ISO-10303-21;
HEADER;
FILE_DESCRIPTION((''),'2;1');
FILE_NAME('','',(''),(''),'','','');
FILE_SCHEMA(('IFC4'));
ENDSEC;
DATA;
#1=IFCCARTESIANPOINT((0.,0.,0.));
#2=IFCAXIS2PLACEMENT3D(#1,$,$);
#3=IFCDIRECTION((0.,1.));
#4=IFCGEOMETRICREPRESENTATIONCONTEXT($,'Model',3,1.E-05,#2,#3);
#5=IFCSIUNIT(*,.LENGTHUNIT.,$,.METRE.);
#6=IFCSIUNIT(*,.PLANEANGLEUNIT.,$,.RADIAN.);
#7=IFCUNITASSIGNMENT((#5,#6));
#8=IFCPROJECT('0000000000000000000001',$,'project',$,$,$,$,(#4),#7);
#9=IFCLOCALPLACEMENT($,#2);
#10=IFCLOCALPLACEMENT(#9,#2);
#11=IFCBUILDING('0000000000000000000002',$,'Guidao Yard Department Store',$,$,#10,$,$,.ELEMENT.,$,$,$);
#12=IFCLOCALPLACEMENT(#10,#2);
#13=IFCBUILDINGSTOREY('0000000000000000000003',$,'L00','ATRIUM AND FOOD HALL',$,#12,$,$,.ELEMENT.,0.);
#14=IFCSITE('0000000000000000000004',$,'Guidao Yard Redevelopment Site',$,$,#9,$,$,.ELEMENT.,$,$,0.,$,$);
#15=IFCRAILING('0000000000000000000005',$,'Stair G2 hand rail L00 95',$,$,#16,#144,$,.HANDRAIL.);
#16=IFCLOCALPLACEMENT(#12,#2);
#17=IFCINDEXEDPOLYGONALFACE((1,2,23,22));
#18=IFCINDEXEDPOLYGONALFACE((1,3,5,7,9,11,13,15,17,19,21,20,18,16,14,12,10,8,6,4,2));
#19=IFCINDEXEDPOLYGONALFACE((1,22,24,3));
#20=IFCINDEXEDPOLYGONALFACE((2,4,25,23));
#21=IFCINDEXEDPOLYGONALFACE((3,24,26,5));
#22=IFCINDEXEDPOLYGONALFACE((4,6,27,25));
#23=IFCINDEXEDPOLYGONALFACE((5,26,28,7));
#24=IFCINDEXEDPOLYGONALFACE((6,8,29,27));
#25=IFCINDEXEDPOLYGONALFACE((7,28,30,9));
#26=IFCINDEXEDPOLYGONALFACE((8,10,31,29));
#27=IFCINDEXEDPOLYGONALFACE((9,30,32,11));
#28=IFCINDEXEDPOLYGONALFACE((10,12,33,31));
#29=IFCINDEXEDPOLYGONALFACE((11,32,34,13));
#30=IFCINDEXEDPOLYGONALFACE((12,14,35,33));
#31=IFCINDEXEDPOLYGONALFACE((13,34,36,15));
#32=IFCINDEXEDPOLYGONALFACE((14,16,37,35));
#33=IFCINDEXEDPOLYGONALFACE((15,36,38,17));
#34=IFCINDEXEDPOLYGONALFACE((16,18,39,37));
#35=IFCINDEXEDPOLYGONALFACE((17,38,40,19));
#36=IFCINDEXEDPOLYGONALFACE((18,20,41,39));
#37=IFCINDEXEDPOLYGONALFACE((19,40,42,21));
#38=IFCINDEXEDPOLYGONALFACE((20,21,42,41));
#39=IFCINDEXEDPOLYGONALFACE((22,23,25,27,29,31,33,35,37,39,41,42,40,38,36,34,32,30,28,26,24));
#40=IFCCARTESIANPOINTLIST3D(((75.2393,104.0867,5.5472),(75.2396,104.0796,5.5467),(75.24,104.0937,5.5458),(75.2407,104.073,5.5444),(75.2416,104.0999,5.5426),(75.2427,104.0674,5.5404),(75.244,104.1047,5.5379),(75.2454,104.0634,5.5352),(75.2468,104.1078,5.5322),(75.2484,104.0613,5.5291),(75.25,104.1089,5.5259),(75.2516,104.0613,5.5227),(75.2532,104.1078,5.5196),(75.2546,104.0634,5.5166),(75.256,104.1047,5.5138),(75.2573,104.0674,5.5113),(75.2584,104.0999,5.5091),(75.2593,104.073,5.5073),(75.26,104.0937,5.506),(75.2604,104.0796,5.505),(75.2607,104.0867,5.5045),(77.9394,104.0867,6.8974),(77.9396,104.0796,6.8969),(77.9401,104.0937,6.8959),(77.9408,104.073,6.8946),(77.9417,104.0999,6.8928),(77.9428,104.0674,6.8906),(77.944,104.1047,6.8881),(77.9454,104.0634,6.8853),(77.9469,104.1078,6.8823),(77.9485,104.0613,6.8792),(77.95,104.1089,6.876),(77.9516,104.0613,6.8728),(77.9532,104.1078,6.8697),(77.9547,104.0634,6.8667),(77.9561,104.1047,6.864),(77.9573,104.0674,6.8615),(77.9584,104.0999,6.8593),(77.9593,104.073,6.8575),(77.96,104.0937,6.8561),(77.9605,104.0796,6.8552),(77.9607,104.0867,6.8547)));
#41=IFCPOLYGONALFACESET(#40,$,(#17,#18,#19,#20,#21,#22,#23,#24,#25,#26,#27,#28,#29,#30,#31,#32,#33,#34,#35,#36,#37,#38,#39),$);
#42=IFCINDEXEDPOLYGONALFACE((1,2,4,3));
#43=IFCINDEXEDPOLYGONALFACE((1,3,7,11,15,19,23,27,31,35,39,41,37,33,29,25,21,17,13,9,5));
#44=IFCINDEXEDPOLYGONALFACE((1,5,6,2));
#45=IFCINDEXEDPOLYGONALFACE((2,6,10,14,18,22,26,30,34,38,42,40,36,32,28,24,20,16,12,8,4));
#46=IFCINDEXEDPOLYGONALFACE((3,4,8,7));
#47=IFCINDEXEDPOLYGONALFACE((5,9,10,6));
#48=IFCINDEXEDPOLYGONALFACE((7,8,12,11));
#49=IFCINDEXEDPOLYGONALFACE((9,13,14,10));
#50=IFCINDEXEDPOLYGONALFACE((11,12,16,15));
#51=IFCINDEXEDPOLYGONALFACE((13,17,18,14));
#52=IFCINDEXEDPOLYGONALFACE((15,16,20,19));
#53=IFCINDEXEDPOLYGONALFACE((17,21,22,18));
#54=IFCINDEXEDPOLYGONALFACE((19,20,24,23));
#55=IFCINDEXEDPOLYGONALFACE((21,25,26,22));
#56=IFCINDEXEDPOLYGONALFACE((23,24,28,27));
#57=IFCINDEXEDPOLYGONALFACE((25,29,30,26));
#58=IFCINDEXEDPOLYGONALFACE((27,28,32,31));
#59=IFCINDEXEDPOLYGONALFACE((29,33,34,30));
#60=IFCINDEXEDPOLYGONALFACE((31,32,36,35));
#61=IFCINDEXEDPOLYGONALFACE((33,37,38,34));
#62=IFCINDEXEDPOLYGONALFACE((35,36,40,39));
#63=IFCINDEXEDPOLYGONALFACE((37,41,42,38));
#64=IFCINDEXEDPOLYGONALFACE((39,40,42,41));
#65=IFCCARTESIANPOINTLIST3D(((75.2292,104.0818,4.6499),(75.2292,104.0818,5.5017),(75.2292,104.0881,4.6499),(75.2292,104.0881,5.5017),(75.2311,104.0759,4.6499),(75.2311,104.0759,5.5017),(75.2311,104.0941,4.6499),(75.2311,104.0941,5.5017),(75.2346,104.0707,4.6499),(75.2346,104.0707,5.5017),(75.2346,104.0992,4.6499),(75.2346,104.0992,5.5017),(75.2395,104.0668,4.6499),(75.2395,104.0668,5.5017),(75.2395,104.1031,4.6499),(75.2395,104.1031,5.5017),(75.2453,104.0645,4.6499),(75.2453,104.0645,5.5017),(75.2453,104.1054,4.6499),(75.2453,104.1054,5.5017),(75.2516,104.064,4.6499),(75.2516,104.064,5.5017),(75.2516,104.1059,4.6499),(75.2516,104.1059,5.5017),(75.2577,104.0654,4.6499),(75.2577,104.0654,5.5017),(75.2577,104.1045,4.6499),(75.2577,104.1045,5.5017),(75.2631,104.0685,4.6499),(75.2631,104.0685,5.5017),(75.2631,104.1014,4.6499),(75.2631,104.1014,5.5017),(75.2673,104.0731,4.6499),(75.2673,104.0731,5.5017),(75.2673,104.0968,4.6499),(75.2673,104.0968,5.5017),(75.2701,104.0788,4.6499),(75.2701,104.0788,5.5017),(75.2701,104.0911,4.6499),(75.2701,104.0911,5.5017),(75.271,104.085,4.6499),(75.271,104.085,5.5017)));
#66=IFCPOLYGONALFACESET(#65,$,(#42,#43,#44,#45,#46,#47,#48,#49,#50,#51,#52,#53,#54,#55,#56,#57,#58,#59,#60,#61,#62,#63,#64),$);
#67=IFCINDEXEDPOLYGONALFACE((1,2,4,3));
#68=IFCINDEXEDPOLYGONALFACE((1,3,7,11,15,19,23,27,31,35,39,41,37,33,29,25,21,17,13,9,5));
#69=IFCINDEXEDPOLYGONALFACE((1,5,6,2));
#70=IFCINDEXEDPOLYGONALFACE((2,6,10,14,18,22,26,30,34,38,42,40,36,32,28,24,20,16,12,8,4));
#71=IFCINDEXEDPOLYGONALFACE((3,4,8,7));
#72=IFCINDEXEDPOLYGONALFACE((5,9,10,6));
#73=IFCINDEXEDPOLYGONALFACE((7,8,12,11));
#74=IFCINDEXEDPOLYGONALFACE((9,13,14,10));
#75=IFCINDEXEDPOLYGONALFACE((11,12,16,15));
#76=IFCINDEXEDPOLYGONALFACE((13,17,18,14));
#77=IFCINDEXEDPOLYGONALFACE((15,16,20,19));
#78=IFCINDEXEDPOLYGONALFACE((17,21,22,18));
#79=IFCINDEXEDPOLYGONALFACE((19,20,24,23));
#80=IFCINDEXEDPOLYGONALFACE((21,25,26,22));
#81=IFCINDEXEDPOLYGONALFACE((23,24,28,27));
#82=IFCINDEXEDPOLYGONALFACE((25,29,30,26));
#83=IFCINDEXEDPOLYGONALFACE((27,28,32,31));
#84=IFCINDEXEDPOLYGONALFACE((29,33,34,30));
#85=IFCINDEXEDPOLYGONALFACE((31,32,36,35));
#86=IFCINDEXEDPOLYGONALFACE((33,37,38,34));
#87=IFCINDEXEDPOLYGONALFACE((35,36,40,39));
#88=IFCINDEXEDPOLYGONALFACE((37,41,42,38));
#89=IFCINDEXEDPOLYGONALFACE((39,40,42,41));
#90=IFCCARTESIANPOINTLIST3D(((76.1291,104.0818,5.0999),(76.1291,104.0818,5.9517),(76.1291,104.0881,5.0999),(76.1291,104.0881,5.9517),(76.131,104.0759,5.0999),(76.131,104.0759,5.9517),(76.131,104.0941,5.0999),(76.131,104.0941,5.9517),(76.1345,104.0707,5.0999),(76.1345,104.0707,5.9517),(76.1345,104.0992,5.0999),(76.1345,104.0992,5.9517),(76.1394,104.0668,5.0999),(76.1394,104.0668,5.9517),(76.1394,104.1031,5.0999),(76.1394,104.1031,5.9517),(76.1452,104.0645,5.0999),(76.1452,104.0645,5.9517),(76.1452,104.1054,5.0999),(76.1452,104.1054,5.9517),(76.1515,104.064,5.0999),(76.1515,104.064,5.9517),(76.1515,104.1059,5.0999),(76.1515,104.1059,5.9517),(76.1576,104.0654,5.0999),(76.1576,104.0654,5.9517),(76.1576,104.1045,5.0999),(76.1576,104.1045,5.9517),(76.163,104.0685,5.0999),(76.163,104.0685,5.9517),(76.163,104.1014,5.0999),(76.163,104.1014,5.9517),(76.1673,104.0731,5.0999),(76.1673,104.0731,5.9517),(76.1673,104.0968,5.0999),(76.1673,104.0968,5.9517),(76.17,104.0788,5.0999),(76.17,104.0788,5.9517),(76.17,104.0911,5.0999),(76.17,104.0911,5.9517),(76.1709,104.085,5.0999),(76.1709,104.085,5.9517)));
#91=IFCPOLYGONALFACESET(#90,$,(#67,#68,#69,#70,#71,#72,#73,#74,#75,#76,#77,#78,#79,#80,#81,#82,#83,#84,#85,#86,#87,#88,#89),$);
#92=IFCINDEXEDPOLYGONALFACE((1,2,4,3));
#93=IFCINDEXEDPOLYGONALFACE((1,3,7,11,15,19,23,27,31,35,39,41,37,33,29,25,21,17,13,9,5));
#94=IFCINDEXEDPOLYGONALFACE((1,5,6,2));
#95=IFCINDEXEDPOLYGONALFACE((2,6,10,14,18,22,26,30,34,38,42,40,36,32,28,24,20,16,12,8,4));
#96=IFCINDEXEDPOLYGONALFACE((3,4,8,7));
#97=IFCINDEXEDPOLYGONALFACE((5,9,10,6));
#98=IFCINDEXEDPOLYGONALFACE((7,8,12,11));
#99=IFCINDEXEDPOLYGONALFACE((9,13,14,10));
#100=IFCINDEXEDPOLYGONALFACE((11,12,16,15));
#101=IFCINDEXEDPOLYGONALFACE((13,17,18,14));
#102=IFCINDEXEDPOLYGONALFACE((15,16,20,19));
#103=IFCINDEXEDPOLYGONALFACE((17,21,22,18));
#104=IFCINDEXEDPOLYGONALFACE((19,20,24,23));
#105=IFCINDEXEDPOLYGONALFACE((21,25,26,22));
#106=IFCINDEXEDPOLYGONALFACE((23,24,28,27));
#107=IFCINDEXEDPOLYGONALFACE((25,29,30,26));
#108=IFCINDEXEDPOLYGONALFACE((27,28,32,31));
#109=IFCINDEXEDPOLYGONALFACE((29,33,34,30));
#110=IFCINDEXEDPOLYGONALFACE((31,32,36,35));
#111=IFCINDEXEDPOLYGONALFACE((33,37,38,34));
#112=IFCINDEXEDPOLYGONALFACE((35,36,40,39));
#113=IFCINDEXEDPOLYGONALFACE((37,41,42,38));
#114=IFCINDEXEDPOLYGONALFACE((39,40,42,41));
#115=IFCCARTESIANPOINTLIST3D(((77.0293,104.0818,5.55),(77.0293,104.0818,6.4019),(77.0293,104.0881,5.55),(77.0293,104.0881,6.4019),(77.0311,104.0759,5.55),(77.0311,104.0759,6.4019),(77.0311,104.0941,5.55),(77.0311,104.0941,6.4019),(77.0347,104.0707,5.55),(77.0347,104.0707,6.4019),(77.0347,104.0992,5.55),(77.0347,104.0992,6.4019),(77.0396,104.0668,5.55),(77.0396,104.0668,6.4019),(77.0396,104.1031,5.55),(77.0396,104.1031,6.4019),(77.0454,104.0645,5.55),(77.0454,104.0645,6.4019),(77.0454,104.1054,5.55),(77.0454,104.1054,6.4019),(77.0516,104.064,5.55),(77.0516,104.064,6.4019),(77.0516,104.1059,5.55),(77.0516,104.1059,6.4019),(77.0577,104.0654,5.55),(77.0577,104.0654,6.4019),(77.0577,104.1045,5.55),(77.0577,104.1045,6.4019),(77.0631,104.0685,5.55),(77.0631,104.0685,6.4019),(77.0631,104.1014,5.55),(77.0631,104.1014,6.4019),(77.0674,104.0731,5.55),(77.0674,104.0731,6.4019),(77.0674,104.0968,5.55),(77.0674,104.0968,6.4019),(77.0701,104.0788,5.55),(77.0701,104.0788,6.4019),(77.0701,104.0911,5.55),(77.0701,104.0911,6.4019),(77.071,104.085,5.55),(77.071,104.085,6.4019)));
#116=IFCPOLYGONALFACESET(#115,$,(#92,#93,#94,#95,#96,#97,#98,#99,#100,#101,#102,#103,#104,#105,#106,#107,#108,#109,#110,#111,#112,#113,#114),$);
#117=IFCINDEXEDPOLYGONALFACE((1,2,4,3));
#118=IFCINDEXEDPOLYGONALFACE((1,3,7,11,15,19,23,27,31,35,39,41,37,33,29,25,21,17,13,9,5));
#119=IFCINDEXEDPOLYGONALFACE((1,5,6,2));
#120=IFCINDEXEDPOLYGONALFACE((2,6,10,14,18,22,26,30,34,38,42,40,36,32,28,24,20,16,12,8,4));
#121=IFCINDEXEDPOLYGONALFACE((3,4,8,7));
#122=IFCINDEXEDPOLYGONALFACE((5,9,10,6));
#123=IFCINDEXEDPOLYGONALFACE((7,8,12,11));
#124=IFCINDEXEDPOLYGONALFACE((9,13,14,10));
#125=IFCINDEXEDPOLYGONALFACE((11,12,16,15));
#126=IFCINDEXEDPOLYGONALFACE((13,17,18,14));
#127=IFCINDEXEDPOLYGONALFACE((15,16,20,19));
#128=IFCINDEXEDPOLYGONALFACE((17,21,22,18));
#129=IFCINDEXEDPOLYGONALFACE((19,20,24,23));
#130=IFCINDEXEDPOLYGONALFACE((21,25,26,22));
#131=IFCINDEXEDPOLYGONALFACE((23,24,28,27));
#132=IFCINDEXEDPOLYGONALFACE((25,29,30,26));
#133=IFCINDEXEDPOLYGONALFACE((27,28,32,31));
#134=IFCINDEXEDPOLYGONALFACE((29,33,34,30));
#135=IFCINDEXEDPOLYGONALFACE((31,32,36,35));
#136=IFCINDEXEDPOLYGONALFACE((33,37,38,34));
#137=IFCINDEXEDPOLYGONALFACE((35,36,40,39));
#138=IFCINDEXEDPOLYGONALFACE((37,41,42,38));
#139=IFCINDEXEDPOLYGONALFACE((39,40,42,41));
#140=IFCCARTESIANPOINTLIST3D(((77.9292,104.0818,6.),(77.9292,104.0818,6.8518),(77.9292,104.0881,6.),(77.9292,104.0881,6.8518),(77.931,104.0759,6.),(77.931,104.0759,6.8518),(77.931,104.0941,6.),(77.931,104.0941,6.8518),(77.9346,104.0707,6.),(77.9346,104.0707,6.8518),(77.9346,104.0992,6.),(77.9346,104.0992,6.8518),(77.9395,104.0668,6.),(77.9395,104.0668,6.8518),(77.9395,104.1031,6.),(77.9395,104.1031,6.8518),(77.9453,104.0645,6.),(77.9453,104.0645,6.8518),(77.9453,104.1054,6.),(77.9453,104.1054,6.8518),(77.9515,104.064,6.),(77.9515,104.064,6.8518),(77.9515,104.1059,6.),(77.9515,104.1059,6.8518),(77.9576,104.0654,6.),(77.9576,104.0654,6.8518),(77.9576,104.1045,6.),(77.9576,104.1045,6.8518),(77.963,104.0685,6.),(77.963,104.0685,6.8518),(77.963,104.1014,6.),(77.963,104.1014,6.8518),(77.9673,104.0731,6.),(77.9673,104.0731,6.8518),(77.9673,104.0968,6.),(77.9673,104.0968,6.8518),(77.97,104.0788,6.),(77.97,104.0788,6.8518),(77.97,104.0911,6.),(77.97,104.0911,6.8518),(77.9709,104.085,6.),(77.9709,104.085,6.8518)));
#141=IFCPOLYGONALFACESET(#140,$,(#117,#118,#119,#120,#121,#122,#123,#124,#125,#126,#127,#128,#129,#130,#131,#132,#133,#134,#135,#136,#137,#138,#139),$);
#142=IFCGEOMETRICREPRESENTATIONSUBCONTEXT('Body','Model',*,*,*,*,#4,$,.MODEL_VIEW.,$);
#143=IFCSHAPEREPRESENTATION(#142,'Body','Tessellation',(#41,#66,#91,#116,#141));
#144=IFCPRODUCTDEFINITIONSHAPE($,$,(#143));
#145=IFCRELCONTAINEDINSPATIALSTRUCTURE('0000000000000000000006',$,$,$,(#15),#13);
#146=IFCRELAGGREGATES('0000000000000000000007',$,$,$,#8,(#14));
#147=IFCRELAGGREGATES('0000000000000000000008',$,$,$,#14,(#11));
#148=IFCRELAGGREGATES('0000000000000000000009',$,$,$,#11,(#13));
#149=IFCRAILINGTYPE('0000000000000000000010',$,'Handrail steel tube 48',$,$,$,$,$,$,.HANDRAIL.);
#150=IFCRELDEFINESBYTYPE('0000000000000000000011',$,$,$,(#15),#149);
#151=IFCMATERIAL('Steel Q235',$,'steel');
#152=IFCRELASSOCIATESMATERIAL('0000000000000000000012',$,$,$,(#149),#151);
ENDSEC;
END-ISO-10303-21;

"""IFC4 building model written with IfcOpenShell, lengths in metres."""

from ifc_helpers import new_model, si_unit, direction, frame, origin, origin_2d, place, context, subcontext, project, spatial, circle, extrude, material, type_object, element, save


model = new_model("IFC4")

# Units and contexts
model_context = context("Model", 3, precision=1e-05, world=origin(), true_north=direction((0.0, 1.0)))
body_context = subcontext(model_context, "Body", "Model", "MODEL_VIEW")
ifc_project = project(units=[si_unit("LENGTHUNIT", "METRE"), si_unit("PLANEANGLEUNIT", "RADIAN")], contexts=[model_context])

# Site, building, storey
site_placement = place(None, origin())
site = spatial("IfcSite", under=ifc_project, at=site_placement, Name="Guidao Yard Redevelopment Site", CompositionType="ELEMENT", RefElevation=0.0)
building_placement = place(site_placement, origin())
building = spatial("IfcBuilding", under=site, at=building_placement, Name="Guidao Yard Department Store", CompositionType="ELEMENT")
storey_placement = place(building_placement, origin())
storey = spatial("IfcBuildingStorey", under=building, at=storey_placement, Name="L00", Description="ATRIUM AND FOOD HALL", CompositionType="ELEMENT", Elevation=0.0)

# Railing
ifc_material_1 = material(Name="Steel Q235", Category="steel")
railing_type = type_object("IfcRailingType", Name="Handrail steel tube 48", PredefinedType="HANDRAIL", material=ifc_material_1)
for number, where, name in (
    (1, (75.25, 104.085, 4.6499), "Stair G2 hand rail L00 95"),
):
    element("IfcRailing", number, at=place(storey_placement, frame(where)), inside=storey, type_object=railing_type, Name=name, PredefinedType="HANDRAIL", context=body_context, shape_type="SweptSolid", body=[
        extrude(circle(Radius=0.0239, at=origin_2d()), frame((0.0, 0.0, 0.876), z_axis=(0.894411, 0.0, 0.447246), x_axis=(0.0, 1.0, 0.0)), (0.0, 0.0, 1.0), 3.0188),
        extrude(circle(Radius=0.021, at=origin_2d()), origin(), (0.0, 0.0, 1.0), 0.8518),
        extrude(circle(Radius=0.021, at=origin_2d()), frame((0.8999, 0.0, 0.45)), (0.0, 0.0, 1.0), 0.8518),
        extrude(circle(Radius=0.021, at=origin_2d()), frame((1.8, 0.0, 0.9001)), (0.0, 0.0, 1.0), 0.8518),
        extrude(circle(Radius=0.021, at=origin_2d()), frame((2.7, 0.0, 1.3501)), (0.0, 0.0, 1.0), 0.8518),
    ])

save(model, "model.ifc")
